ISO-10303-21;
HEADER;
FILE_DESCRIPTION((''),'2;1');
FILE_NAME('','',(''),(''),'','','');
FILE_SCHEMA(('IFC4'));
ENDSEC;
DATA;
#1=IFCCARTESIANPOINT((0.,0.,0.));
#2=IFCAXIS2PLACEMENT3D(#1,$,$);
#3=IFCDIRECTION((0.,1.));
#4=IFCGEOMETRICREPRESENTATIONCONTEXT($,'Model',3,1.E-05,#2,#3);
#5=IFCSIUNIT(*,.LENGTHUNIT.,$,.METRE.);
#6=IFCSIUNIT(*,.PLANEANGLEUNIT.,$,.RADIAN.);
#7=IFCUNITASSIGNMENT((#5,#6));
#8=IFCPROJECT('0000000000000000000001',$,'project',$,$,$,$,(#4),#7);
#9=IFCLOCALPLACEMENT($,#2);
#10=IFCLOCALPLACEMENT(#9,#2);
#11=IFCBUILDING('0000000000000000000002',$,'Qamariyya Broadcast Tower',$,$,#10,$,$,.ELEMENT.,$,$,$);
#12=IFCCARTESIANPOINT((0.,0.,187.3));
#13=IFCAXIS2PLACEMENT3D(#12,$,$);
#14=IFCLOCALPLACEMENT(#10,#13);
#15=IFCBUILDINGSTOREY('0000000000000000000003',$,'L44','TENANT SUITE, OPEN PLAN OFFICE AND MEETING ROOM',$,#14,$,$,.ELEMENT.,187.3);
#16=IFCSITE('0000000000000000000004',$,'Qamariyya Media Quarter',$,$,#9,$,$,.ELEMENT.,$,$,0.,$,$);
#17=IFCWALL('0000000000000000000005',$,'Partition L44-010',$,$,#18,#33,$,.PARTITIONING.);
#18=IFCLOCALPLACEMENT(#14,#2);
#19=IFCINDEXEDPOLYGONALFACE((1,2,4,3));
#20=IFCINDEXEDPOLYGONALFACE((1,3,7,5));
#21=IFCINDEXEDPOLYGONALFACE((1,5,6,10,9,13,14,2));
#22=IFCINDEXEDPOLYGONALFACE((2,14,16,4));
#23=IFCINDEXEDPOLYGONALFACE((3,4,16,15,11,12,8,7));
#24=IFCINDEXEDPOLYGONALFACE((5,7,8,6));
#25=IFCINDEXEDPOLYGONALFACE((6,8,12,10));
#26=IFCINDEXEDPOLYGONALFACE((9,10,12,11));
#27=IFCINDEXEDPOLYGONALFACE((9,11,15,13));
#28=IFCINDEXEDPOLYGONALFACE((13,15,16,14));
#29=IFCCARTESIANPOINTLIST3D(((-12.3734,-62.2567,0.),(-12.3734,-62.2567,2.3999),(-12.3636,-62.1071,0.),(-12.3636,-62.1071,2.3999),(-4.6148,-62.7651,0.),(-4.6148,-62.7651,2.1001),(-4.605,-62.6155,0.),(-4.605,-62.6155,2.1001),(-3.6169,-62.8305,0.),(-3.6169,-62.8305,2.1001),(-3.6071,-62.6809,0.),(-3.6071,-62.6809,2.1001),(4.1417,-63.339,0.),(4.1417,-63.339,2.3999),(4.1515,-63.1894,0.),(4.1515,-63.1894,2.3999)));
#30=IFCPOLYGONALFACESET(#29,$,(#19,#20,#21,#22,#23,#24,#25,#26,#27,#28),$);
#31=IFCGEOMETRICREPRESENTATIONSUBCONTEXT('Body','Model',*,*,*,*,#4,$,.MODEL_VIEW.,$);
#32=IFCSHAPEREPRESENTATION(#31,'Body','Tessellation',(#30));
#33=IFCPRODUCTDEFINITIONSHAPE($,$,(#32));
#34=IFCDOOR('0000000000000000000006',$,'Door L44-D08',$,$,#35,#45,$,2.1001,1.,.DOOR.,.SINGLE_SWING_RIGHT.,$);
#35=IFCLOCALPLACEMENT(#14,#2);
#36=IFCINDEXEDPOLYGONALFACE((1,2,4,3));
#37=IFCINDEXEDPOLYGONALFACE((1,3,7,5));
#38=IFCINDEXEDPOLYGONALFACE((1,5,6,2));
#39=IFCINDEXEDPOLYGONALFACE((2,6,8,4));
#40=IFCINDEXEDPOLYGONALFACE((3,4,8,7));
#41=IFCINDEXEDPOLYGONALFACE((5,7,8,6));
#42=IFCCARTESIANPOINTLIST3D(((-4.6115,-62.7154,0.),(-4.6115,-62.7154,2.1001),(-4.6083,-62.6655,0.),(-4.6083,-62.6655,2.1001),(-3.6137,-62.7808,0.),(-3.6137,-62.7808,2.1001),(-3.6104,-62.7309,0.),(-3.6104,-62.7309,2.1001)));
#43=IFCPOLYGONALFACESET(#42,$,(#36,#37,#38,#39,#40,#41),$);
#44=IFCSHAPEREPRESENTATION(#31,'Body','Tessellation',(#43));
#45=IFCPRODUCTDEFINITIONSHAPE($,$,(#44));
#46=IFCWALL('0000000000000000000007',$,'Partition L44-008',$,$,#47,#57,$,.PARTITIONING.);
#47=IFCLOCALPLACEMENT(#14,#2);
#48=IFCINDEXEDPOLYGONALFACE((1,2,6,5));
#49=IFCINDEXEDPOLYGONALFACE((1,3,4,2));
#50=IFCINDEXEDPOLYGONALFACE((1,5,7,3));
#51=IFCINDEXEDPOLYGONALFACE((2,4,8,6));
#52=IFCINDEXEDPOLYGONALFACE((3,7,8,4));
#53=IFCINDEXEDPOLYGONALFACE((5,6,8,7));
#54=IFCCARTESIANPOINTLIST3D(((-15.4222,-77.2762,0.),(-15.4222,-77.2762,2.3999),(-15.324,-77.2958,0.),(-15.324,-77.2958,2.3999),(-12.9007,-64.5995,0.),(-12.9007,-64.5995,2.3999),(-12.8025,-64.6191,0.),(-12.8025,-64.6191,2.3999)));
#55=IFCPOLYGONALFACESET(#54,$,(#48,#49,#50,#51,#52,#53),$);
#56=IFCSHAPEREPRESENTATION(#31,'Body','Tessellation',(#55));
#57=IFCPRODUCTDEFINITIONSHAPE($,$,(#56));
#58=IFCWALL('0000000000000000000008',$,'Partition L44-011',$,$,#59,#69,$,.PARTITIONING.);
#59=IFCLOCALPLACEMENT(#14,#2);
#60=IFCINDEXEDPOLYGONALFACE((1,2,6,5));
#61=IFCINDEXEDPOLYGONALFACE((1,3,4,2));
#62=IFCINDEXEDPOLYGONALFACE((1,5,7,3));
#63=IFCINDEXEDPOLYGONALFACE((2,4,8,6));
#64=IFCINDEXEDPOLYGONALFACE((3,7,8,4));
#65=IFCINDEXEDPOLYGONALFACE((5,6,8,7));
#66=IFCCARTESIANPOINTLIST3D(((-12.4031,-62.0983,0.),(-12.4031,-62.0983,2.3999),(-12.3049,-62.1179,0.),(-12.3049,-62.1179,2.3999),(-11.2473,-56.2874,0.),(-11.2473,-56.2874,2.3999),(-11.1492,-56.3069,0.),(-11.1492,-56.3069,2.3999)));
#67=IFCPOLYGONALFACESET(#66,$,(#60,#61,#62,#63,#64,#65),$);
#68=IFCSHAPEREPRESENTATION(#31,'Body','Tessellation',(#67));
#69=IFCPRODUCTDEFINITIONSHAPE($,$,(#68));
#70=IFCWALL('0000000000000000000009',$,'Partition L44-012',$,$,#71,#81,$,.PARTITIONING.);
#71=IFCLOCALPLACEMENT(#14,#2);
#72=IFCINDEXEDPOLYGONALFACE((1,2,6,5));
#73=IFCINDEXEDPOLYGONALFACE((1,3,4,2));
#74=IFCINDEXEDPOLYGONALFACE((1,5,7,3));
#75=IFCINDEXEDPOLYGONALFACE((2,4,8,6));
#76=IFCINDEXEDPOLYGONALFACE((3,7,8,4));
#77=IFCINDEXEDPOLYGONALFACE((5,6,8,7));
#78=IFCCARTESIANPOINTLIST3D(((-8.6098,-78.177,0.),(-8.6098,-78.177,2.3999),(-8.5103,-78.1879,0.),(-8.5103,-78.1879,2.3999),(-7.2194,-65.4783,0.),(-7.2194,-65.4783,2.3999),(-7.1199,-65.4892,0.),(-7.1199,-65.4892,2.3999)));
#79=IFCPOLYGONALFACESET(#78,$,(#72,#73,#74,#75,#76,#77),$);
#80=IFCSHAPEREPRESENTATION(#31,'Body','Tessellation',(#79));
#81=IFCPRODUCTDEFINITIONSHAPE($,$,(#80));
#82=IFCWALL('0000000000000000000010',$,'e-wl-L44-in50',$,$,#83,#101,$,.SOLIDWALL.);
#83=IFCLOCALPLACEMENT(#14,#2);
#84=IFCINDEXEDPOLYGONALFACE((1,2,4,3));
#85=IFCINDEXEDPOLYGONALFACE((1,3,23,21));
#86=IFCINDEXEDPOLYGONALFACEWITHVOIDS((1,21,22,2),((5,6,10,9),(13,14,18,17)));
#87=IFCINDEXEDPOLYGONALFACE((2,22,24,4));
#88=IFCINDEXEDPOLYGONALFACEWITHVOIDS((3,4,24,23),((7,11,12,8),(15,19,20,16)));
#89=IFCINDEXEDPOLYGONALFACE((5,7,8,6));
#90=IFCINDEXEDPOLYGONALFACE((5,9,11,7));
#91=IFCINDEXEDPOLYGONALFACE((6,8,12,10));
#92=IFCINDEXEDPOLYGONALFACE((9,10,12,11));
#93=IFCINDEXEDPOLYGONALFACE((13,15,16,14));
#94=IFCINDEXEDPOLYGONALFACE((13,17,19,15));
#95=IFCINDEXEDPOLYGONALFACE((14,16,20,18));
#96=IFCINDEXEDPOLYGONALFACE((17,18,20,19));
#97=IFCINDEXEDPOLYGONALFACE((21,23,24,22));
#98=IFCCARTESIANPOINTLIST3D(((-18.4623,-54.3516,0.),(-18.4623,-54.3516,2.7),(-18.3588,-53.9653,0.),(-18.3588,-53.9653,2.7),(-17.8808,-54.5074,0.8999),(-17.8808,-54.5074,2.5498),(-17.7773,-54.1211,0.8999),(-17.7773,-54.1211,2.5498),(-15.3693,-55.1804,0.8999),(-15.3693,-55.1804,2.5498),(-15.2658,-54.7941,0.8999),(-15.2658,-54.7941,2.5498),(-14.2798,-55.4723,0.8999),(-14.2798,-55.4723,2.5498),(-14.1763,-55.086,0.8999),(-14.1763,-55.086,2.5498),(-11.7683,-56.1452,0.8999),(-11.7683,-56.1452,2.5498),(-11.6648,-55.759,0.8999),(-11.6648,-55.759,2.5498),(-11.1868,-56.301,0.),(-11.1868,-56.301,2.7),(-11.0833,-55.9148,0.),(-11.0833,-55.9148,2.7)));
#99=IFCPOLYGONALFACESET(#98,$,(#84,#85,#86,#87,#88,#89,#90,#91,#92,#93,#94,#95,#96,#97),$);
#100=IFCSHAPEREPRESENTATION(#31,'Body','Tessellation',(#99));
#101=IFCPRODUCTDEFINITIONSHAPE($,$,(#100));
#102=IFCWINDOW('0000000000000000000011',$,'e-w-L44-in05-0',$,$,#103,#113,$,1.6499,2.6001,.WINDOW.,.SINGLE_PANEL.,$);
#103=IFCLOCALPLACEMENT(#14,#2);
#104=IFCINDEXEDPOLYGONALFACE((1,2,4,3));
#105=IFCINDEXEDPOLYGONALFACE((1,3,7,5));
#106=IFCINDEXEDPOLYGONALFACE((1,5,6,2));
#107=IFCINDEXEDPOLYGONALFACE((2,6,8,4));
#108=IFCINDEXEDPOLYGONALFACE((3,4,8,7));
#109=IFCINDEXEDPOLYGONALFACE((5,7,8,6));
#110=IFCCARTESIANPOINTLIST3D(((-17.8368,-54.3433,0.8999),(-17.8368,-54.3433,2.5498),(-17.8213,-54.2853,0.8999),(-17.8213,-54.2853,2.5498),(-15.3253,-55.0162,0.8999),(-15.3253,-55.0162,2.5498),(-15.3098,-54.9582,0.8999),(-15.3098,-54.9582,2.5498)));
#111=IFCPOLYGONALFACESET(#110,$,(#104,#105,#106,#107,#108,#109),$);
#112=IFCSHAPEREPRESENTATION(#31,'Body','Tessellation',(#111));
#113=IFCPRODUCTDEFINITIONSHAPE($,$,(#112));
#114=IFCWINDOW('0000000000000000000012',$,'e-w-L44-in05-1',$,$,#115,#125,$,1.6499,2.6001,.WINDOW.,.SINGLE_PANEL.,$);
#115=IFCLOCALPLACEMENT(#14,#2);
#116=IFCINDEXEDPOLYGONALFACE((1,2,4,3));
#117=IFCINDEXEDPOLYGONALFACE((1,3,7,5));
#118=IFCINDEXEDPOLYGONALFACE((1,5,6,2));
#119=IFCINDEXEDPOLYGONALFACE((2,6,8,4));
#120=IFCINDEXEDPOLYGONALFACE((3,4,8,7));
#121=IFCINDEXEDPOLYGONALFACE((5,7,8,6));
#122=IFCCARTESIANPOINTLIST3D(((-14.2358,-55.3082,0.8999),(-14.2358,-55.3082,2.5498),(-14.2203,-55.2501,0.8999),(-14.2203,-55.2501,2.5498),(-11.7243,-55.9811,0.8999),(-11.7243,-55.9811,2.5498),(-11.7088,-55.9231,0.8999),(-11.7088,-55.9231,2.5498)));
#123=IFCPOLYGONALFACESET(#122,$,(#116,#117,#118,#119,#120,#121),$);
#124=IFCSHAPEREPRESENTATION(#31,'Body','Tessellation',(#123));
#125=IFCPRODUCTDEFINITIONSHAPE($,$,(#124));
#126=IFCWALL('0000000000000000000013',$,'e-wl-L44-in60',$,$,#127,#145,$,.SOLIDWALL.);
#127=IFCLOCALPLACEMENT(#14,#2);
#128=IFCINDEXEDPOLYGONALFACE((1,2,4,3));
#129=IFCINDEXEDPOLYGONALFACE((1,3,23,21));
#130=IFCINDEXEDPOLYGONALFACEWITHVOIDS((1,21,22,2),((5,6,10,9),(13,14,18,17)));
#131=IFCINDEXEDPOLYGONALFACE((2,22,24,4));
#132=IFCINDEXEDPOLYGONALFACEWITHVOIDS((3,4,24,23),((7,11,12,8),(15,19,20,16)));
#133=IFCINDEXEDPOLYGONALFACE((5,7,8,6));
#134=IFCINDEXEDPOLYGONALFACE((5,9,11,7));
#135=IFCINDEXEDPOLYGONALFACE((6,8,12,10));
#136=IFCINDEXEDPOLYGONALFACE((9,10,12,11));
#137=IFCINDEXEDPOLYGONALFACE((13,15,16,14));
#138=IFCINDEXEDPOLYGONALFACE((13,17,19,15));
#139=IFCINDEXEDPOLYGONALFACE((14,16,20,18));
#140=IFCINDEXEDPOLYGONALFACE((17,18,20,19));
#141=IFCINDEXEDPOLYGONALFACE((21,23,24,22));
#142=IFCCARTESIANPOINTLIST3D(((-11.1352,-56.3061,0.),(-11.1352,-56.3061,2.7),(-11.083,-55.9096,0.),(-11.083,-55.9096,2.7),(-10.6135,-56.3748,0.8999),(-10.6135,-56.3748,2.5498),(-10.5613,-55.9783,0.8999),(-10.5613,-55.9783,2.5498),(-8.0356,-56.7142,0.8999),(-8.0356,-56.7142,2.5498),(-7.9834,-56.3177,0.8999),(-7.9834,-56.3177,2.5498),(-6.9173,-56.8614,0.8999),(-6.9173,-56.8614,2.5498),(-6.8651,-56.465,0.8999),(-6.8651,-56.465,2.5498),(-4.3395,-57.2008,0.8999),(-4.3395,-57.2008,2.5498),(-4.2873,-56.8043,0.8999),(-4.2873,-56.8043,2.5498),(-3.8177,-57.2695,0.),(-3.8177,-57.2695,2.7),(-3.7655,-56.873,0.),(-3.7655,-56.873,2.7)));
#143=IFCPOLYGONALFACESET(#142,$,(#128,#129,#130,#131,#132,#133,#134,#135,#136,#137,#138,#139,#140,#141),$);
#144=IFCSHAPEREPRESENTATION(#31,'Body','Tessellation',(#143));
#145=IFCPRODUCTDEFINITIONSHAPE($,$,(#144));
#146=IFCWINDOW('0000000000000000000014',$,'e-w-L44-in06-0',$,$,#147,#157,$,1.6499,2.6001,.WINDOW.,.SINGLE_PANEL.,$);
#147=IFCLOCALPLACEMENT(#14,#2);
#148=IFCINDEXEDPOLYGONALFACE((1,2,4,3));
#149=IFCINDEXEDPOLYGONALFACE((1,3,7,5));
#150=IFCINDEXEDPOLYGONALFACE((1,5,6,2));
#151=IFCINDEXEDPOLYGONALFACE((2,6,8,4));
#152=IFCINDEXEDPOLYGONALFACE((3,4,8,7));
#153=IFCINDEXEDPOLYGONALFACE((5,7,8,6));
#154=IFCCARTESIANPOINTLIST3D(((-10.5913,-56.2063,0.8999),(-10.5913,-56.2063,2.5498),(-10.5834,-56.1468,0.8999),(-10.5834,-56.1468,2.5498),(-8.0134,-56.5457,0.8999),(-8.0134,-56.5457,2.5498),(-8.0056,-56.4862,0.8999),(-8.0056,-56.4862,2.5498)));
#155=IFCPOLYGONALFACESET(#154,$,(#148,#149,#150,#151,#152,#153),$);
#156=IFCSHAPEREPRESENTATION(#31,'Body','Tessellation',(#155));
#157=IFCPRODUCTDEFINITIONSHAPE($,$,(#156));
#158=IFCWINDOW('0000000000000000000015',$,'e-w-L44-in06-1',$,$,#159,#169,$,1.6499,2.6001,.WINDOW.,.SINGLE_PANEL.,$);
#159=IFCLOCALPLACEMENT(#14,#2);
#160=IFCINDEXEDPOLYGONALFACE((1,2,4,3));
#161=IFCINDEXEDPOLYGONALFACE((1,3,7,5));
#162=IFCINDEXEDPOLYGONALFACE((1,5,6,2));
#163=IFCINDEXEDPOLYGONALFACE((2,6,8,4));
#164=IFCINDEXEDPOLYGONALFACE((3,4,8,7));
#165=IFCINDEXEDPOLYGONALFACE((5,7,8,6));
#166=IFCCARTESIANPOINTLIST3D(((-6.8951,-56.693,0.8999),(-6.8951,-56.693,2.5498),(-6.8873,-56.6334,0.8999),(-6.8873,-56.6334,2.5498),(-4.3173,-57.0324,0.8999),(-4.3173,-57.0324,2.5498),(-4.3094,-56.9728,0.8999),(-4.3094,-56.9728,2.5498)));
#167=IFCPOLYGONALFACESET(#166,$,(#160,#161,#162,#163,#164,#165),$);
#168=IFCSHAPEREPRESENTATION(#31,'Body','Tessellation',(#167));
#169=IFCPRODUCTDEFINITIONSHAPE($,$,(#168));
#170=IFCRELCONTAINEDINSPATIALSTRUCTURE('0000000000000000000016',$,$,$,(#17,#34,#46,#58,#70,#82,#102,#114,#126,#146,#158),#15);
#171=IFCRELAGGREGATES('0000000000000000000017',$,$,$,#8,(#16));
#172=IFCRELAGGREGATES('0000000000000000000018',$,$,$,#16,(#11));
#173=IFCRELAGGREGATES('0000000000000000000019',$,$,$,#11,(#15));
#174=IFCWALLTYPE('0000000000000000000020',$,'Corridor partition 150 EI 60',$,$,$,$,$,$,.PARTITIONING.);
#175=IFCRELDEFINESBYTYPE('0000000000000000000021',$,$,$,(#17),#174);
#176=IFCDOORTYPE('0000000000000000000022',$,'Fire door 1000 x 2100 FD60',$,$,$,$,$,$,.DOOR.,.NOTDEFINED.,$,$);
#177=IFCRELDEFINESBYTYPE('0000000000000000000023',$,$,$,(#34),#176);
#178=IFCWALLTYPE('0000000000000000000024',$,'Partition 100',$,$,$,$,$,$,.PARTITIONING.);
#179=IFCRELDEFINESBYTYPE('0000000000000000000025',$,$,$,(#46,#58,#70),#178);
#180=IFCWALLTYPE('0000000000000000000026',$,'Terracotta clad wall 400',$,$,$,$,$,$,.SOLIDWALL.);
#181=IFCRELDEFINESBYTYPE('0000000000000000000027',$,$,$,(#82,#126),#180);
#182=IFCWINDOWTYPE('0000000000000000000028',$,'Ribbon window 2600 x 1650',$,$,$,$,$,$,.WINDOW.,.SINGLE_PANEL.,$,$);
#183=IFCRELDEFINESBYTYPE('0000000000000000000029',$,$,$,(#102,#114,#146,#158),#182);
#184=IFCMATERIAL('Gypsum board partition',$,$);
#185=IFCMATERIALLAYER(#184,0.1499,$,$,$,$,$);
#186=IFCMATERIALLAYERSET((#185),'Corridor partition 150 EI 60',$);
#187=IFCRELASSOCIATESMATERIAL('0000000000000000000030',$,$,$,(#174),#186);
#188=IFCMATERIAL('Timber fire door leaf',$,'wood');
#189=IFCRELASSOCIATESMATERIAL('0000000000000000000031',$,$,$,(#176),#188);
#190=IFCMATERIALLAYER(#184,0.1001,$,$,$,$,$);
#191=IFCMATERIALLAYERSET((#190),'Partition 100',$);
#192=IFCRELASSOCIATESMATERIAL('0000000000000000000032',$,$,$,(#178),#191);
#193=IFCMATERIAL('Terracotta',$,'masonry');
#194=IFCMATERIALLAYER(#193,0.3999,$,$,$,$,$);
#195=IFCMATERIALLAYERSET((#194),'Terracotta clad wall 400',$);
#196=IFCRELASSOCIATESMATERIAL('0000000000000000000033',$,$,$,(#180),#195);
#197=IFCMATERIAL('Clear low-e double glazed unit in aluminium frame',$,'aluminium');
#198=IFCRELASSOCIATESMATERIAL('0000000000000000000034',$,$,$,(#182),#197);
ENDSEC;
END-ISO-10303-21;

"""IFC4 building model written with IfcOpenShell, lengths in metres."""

from ifc_helpers import new_model, si_unit, direction, frame, frame_2d, origin, place, context, subcontext, project, spatial, rectangle, extrude, material, layer, layer_set, type_object, element, fill, save


model = new_model("IFC4")

# Units and contexts
model_context = context("Model", 3, precision=1e-05, world=origin(), true_north=direction((0.0, 1.0)))
body_context = subcontext(model_context, "Body", "Model", "MODEL_VIEW")
ifc_project = project(units=[si_unit("LENGTHUNIT", "METRE"), si_unit("PLANEANGLEUNIT", "RADIAN")], contexts=[model_context])

# Site, building, storey
site_placement = place(None, origin())
site = spatial("IfcSite", under=ifc_project, at=site_placement, Name="Qamariyya Media Quarter", CompositionType="ELEMENT", RefElevation=0.0)
building_placement = place(site_placement, origin())
building = spatial("IfcBuilding", under=site, at=building_placement, Name="Qamariyya Broadcast Tower", CompositionType="ELEMENT")
storey_placement = place(building_placement, frame((0.0, 0.0, 187.3)))
storey = spatial("IfcBuildingStorey", under=building, at=storey_placement, Name="L44", Description="TENANT SUITE, OPEN PLAN OFFICE AND MEETING ROOM", CompositionType="ELEMENT", Elevation=187.3)

# Wall, opening, door
ifc_material_1 = material(Name="Gypsum board partition")
ifc_layer_1 = layer(ifc_material_1, 0.1499)
ifc_layer_set_1 = layer_set([ifc_layer_1], Name="Corridor partition 150 EI 60")
wall_type_1 = type_object("IfcWallType", Name="Corridor partition 150 EI 60", PredefinedType="PARTITIONING", material=ifc_layer_set_1)
ifc_material_2 = material(Name="Timber fire door leaf", Category="wood")
door_type_1 = type_object("IfcDoorType", Name="Fire door 1000 x 2100 FD60", OperationType="NOTDEFINED", PredefinedType="DOOR", material=ifc_material_2)
wall_1_placement = place(storey_placement, frame((-12.3687, -62.1819, 0.0), z_axis=(0.0, 0.0, 1.0), x_axis=(0.99786, -0.065392, 0.0)))
wall_1 = element("IfcWall", 1, at=wall_1_placement, inside=storey, type_object=wall_type_1, Name="Partition L44-010", PredefinedType="PARTITIONING", context=body_context, shape_type="SweptSolid", body=[
    extrude(rectangle(XDim=16.5505, YDim=0.1499, at=frame_2d((8.2754, 0.0))), origin(), (0.0, 0.0, 1.0), 2.3999),
])
opening_1_placement = place(wall_1_placement, frame((7.7754, 0.0, 0.0)))
opening_1 = element("IfcOpeningElement", 2, at=opening_1_placement, cuts=wall_1, PredefinedType="OPENING", context=body_context, shape_type="SweptSolid", body=[
    extrude(rectangle(XDim=1.0, YDim=2.1001, at=frame_2d((0.5, 1.05))), frame((0.0, 0.085, 0.0), z_axis=(0.0, -1.0, 0.0), x_axis=(1.0, 0.0, 0.0)), (0.0, 0.0, 1.0), 0.1699),
])
door_1_placement = place(opening_1_placement, origin())
door_1 = element("IfcDoor", 3, at=door_1_placement, inside=storey, type_object=door_type_1, Name="Door L44-D08", OperationType="SINGLE_SWING_RIGHT", OverallHeight=2.1001, OverallWidth=1.0, PredefinedType="DOOR", context=body_context, shape_type="SweptSolid", body=[
    extrude(rectangle(XDim=1.0, YDim=2.1001, at=frame_2d((0.5, 1.05))), frame((0.0, 0.0249, 0.0), z_axis=(0.0, -1.0, 0.0), x_axis=(1.0, 0.0, 0.0)), (0.0, 0.0, 1.0), 0.05),
])
fill(opening_1, door_1)

# Walls
ifc_layer_2 = layer(ifc_material_1, 0.1001)
ifc_layer_set_2 = layer_set([ifc_layer_2], Name="Partition 100")
wall_type_2 = type_object("IfcWallType", Name="Partition 100", PredefinedType="PARTITIONING", material=ifc_layer_set_2)
wall_2_placement = place(storey_placement, frame((-15.373, -77.2859, 0.0), z_axis=(0.0, 0.0, 1.0), x_axis=(0.195084, 0.980786, 0.0)))
element("IfcWall", 4, at=wall_2_placement, inside=storey, type_object=wall_type_2, Name="Partition L44-008", PredefinedType="PARTITIONING", context=body_context, shape_type="SweptSolid", body=[
    extrude(rectangle(XDim=12.925, YDim=0.1001, at=frame_2d((6.4624, 0.0))), origin(), (0.0, 0.0, 1.0), 2.3999),
])
wall_3_placement = place(storey_placement, frame((-11.1982, -56.2971, 0.0), z_axis=(0.0, 0.0, 1.0), x_axis=(-0.19507, -0.980789, 0.0)))
element("IfcWall", 5, at=wall_3_placement, inside=storey, type_object=wall_type_2, Name="Partition L44-011", PredefinedType="PARTITIONING", context=body_context, shape_type="SweptSolid", body=[
    extrude(rectangle(XDim=5.9248, YDim=0.1001, at=frame_2d((2.9624, 0.0))), origin(), (0.0, 0.0, 1.0), 2.3999),
])
wall_4_placement = place(storey_placement, frame((-8.5601, -78.1824, 0.0), z_axis=(0.0, 0.0, 1.0), x_axis=(0.108839, 0.994059, 0.0)))
element("IfcWall", 6, at=wall_4_placement, inside=storey, type_object=wall_type_2, Name="Partition L44-012", PredefinedType="PARTITIONING", context=body_context, shape_type="SweptSolid", body=[
    extrude(rectangle(XDim=12.7747, YDim=0.1001, at=frame_2d((6.3872, 0.0))), origin(), (0.0, 0.0, 1.0), 2.3999),
])

# Walls, openings, windows
ifc_material_3 = material(Name="Terracotta", Category="masonry")
ifc_layer_3 = layer(ifc_material_3, 0.3999)
ifc_layer_set_3 = layer_set([ifc_layer_3], Name="Terracotta clad wall 400")
wall_type_3 = type_object("IfcWallType", Name="Terracotta clad wall 400", PredefinedType="SOLIDWALL", material=ifc_layer_set_3)
wall_5_placement = place(storey_placement, frame((-11.135, -56.1079, 0.0), z_axis=(0.0, 0.0, 1.0), x_axis=(-0.965927, 0.258814, 0.0)))
wall_5 = element("IfcWall", 7, at=wall_5_placement, inside=storey, type_object=wall_type_3, Name="e-wl-L44-in50", PredefinedType="SOLIDWALL", context=body_context, shape_type="SweptSolid", body=[
    extrude(rectangle(XDim=7.5322, YDim=0.3999, at=frame_2d((3.7661, 0.0))), origin(), (0.0, 0.0, 1.0), 2.7),
])
opening_2_placement = place(wall_5_placement, frame((4.3301, 0.0, 0.8999)))
opening_2 = element("IfcOpeningElement", 8, at=opening_2_placement, cuts=wall_5, PredefinedType="OPENING", context=body_context, shape_type="SweptSolid", body=[
    extrude(rectangle(XDim=2.6001, YDim=1.6499, at=frame_2d((1.3, 0.825))), frame((0.0, 0.21, 0.0), z_axis=(0.0, -1.0, 0.0), x_axis=(1.0, 0.0, 0.0)), (0.0, 0.0, 1.0), 0.4199),
])
opening_3_placement = place(wall_5_placement, frame((0.6021, 0.0, 0.8999)))
opening_3 = element("IfcOpeningElement", 9, at=opening_3_placement, cuts=wall_5, PredefinedType="OPENING", context=body_context, shape_type="SweptSolid", body=[
    extrude(rectangle(XDim=2.6001, YDim=1.6499, at=frame_2d((1.3, 0.825))), frame((0.0, 0.21, 0.0), z_axis=(0.0, -1.0, 0.0), x_axis=(1.0, 0.0, 0.0)), (0.0, 0.0, 1.0), 0.4199),
])
ifc_material_4 = material(Name="Clear low-e double glazed unit in aluminium frame", Category="aluminium")
window_type = type_object("IfcWindowType", Name="Ribbon window 2600 x 1650", PartitioningType="SINGLE_PANEL", PredefinedType="WINDOW", material=ifc_material_4)
window_1_placement = place(opening_2_placement, origin())
window_1 = element("IfcWindow", 10, at=window_1_placement, inside=storey, type_object=window_type, Name="e-w-L44-in05-0", OverallHeight=1.6499, OverallWidth=2.6001, PartitioningType="SINGLE_PANEL", PredefinedType="WINDOW", context=body_context, shape_type="SweptSolid", body=[
    extrude(rectangle(XDim=2.6001, YDim=1.6499, at=frame_2d((1.3, 0.825))), frame((0.0, 0.03, 0.0), z_axis=(0.0, -1.0, 0.0), x_axis=(1.0, 0.0, 0.0)), (0.0, 0.0, 1.0), 0.0601),
])
fill(opening_2, window_1)
window_2_placement = place(opening_3_placement, origin())
window_2 = element("IfcWindow", 11, at=window_2_placement, inside=storey, type_object=window_type, Name="e-w-L44-in05-1", OverallHeight=1.6499, OverallWidth=2.6001, PartitioningType="SINGLE_PANEL", PredefinedType="WINDOW", context=body_context, shape_type="SweptSolid", body=[
    extrude(rectangle(XDim=2.6001, YDim=1.6499, at=frame_2d((1.3, 0.825))), frame((0.0, 0.03, 0.0), z_axis=(0.0, -1.0, 0.0), x_axis=(1.0, 0.0, 0.0)), (0.0, 0.0, 1.0), 0.0601),
])
fill(opening_3, window_2)
wall_6_placement = place(storey_placement, frame((-3.7915, -57.0713, 0.0), z_axis=(0.0, 0.0, 1.0), x_axis=(-0.991444, 0.13053, 0.0)))
wall_6 = element("IfcWall", 12, at=wall_6_placement, inside=storey, type_object=wall_type_3, Name="e-wl-L44-in60", PredefinedType="SOLIDWALL", context=body_context, shape_type="SweptSolid", body=[
    extrude(rectangle(XDim=7.3806, YDim=0.3999, at=frame_2d((3.6904, 0.0))), origin(), (0.0, 0.0, 1.0), 2.7),
])
opening_4_placement = place(wall_6_placement, frame((4.2544, 0.0, 0.8999)))
opening_4 = element("IfcOpeningElement", 13, at=opening_4_placement, cuts=wall_6, PredefinedType="OPENING", context=body_context, shape_type="SweptSolid", body=[
    extrude(rectangle(XDim=2.6001, YDim=1.6499, at=frame_2d((1.3, 0.825))), frame((0.0, 0.21, 0.0), z_axis=(0.0, -1.0, 0.0), x_axis=(1.0, 0.0, 0.0)), (0.0, 0.0, 1.0), 0.4199),
])
opening_5_placement = place(wall_6_placement, frame((0.5264, 0.0, 0.8999)))
opening_5 = element("IfcOpeningElement", 14, at=opening_5_placement, cuts=wall_6, PredefinedType="OPENING", context=body_context, shape_type="SweptSolid", body=[
    extrude(rectangle(XDim=2.6001, YDim=1.6499, at=frame_2d((1.3, 0.825))), frame((0.0, 0.21, 0.0), z_axis=(0.0, -1.0, 0.0), x_axis=(1.0, 0.0, 0.0)), (0.0, 0.0, 1.0), 0.4199),
])
window_3_placement = place(opening_4_placement, origin())
window_3 = element("IfcWindow", 15, at=window_3_placement, inside=storey, type_object=window_type, Name="e-w-L44-in06-0", OverallHeight=1.6499, OverallWidth=2.6001, PartitioningType="SINGLE_PANEL", PredefinedType="WINDOW", context=body_context, shape_type="SweptSolid", body=[
    extrude(rectangle(XDim=2.6001, YDim=1.6499, at=frame_2d((1.3, 0.825))), frame((0.0, 0.03, 0.0), z_axis=(0.0, -1.0, 0.0), x_axis=(1.0, 0.0, 0.0)), (0.0, 0.0, 1.0), 0.0601),
])
fill(opening_4, window_3)
window_4_placement = place(opening_5_placement, origin())
window_4 = element("IfcWindow", 16, at=window_4_placement, inside=storey, type_object=window_type, Name="e-w-L44-in06-1", OverallHeight=1.6499, OverallWidth=2.6001, PartitioningType="SINGLE_PANEL", PredefinedType="WINDOW", context=body_context, shape_type="SweptSolid", body=[
    extrude(rectangle(XDim=2.6001, YDim=1.6499, at=frame_2d((1.3, 0.825))), frame((0.0, 0.03, 0.0), z_axis=(0.0, -1.0, 0.0), x_axis=(1.0, 0.0, 0.0)), (0.0, 0.0, 1.0), 0.0601),
])
fill(opening_5, window_4)

save(model, "model.ifc")
